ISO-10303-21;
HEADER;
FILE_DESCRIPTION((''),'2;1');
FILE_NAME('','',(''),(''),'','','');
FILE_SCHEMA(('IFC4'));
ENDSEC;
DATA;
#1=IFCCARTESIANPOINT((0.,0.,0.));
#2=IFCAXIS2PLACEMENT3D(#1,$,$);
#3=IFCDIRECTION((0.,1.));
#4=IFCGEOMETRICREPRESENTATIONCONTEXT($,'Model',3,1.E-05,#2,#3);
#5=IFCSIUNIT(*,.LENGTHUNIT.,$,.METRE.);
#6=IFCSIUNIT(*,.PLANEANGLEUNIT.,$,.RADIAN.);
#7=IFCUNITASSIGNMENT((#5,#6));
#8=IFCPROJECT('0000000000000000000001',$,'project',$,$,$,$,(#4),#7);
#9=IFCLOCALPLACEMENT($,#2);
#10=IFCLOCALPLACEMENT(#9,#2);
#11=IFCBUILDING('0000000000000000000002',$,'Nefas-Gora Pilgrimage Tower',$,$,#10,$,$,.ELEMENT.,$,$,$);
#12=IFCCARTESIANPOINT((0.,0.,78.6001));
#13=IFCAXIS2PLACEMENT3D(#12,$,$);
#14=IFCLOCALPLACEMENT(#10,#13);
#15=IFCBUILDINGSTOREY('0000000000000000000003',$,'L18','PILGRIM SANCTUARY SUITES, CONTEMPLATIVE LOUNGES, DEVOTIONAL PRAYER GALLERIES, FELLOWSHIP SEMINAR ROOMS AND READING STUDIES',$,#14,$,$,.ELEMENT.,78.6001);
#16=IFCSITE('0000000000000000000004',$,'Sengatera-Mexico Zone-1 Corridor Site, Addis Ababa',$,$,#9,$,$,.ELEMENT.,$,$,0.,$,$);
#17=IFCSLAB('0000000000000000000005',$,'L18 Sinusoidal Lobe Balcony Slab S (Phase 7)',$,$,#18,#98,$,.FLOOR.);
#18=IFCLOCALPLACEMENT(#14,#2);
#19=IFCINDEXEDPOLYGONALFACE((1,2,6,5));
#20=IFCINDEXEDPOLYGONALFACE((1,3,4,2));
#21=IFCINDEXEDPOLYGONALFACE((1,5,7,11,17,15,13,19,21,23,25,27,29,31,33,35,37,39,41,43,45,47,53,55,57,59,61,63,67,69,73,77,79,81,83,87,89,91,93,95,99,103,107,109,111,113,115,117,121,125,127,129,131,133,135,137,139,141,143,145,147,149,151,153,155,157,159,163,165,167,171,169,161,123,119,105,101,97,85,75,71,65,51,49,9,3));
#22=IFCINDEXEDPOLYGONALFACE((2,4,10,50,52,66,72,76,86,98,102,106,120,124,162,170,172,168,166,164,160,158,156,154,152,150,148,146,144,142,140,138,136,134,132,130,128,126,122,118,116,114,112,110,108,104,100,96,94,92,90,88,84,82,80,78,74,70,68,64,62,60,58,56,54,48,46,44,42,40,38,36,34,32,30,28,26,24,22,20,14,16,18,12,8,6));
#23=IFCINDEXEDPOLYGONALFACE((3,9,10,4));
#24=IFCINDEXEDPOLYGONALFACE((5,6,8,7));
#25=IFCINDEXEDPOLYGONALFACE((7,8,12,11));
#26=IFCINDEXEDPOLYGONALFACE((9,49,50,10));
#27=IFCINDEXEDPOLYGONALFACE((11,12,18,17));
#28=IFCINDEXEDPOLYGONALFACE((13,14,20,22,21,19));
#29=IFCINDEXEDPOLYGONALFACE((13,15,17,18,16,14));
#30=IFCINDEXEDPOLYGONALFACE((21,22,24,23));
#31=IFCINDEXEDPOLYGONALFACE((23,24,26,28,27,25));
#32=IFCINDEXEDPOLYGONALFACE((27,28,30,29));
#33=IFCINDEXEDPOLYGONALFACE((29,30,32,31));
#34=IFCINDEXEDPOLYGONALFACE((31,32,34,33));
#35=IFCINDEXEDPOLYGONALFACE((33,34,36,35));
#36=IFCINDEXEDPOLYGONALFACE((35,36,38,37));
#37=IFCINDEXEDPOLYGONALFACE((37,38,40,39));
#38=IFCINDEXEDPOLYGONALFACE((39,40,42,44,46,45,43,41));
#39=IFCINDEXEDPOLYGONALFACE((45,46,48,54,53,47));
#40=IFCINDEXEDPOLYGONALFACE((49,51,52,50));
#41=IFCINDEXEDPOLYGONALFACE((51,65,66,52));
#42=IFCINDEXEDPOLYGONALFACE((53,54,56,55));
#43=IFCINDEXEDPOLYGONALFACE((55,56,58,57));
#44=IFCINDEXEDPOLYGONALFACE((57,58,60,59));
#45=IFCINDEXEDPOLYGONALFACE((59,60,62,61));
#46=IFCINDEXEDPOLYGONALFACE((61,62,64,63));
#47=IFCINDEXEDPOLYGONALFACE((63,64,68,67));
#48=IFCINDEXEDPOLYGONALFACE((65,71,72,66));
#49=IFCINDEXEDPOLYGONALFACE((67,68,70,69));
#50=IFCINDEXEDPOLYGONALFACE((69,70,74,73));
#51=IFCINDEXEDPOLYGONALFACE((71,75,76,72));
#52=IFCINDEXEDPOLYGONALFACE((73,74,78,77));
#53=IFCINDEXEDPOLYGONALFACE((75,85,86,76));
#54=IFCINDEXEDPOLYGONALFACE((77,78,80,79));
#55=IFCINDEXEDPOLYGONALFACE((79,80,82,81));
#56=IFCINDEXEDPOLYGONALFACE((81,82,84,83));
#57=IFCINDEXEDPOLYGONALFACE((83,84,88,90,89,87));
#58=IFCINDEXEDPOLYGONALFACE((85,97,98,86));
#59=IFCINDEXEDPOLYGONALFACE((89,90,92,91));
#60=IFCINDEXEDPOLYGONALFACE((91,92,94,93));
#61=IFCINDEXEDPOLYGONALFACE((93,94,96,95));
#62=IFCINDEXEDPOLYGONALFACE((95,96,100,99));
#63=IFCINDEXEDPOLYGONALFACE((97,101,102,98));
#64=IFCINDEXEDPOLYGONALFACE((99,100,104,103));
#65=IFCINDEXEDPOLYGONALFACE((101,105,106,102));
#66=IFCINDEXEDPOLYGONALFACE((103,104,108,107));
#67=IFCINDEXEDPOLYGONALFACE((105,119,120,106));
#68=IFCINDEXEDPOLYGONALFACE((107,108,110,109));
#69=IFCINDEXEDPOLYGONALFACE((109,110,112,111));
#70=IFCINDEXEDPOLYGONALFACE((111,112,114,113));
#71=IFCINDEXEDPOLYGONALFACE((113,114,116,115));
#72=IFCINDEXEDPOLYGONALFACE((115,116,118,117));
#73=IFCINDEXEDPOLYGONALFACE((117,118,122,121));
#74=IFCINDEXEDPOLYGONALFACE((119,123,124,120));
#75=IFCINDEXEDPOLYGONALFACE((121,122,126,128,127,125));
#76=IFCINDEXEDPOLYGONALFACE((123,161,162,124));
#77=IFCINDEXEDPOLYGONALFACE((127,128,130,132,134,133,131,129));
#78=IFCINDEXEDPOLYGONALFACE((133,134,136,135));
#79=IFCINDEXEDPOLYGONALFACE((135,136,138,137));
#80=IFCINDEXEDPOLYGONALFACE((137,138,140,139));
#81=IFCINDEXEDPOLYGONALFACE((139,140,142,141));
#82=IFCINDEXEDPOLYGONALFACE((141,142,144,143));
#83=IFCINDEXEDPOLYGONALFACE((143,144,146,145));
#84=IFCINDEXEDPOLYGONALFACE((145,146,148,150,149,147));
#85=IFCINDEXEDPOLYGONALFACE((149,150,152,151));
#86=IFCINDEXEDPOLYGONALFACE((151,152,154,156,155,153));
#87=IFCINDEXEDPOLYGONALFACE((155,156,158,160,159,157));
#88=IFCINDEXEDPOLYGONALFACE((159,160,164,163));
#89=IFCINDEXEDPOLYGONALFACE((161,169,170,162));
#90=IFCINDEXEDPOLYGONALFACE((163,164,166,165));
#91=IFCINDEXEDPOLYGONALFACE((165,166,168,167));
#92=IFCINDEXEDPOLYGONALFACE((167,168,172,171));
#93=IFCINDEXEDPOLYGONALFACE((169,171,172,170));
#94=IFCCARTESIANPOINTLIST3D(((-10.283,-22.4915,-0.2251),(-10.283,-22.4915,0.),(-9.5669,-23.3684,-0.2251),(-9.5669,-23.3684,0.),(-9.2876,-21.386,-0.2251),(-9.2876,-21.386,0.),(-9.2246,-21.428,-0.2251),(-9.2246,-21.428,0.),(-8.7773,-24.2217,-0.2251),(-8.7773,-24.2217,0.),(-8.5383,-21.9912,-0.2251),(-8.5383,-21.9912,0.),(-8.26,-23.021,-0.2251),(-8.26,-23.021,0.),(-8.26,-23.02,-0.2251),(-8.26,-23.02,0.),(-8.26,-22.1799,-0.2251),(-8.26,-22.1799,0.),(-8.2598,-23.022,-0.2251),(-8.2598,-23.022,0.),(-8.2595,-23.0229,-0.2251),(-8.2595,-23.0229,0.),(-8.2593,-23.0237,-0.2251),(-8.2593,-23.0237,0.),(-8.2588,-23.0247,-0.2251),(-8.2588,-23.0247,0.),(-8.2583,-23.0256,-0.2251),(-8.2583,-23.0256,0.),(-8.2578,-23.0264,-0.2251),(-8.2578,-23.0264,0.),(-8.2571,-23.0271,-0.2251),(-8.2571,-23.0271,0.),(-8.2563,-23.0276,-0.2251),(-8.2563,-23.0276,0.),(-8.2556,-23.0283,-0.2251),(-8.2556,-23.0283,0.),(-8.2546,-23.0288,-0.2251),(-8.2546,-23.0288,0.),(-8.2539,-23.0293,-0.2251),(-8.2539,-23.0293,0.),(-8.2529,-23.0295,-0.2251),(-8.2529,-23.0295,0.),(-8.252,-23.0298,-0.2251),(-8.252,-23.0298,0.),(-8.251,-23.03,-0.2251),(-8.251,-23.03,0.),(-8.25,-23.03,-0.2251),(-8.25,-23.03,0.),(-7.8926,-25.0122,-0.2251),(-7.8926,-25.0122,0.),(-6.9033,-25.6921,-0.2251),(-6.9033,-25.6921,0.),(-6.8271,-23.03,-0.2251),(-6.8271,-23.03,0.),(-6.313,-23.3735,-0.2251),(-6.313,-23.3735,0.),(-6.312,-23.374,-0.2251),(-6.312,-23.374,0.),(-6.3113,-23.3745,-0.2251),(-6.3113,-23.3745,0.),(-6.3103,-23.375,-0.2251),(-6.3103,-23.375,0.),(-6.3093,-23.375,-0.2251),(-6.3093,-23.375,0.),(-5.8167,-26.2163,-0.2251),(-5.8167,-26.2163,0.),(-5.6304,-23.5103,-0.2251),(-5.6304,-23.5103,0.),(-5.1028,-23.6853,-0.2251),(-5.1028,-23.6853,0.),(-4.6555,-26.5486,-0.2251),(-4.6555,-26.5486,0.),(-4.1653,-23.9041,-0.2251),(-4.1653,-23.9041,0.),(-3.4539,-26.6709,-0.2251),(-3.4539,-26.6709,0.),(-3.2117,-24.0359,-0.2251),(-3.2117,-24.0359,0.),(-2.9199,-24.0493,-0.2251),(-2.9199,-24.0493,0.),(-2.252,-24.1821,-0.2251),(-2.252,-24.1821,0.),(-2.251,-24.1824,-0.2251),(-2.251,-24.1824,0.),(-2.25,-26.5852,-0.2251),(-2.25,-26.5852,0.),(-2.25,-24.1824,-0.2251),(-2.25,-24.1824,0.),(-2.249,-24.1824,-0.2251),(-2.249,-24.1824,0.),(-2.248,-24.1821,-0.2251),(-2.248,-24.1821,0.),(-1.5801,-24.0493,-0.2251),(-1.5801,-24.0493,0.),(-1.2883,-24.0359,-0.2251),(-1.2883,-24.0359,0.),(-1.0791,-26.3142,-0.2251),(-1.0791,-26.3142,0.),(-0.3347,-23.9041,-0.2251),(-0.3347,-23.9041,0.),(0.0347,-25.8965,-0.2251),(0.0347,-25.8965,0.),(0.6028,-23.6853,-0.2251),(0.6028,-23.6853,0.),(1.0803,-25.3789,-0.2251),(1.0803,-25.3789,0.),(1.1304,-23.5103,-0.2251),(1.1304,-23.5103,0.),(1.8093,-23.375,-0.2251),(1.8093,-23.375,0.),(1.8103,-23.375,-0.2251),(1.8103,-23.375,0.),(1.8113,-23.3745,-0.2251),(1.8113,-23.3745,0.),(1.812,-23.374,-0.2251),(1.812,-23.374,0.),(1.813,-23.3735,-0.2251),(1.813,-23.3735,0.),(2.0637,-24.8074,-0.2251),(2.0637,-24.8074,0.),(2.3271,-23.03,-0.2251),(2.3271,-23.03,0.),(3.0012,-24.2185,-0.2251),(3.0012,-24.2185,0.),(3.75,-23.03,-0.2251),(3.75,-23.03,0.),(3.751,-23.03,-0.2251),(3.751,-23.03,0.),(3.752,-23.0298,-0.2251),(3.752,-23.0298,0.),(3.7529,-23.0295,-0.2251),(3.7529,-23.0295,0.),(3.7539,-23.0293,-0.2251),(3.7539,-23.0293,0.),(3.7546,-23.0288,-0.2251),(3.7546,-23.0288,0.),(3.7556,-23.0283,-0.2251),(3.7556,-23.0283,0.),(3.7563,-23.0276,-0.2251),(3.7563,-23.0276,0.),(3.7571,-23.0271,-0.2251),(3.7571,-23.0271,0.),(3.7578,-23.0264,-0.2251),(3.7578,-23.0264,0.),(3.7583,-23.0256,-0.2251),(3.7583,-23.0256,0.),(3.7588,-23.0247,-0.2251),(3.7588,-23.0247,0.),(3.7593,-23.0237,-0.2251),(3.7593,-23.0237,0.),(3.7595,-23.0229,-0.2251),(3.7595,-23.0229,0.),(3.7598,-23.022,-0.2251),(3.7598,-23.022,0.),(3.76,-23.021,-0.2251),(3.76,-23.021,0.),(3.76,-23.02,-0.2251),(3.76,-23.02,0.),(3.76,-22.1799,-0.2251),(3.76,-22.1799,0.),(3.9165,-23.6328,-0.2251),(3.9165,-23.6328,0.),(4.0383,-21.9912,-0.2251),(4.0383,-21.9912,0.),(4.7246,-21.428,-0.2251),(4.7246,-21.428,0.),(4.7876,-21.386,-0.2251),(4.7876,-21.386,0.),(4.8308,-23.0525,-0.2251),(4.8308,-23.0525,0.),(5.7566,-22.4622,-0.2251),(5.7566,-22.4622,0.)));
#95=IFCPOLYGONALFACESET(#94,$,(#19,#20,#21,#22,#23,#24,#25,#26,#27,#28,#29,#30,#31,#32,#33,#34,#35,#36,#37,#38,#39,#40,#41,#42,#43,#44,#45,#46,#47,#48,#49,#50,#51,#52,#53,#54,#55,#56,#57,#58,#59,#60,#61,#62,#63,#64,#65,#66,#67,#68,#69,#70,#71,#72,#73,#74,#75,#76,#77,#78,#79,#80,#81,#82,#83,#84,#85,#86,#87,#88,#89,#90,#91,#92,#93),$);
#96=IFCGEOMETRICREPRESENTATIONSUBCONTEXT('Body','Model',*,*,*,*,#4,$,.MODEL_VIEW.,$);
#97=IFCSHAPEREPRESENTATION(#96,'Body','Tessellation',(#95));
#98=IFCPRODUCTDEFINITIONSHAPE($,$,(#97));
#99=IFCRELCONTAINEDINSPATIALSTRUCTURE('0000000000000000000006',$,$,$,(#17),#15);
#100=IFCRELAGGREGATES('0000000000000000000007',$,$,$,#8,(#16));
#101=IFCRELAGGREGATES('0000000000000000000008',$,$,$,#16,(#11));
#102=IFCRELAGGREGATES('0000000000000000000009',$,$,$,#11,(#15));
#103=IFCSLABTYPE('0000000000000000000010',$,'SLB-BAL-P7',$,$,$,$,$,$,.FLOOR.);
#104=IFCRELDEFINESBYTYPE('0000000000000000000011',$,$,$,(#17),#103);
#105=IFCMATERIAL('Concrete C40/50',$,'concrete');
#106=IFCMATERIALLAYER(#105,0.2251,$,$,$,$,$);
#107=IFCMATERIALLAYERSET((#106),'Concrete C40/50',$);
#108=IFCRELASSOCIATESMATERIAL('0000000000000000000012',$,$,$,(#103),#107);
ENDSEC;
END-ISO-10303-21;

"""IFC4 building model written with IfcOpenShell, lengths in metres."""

from ifc_helpers import new_model, si_unit, direction, frame, origin, place, context, subcontext, project, spatial, polyline, outline, extrude, material, layer, layer_set, type_object, element, save


model = new_model("IFC4")

# Units and contexts
model_context = context("Model", 3, precision=1e-05, world=origin(), true_north=direction((0.0, 1.0)))
body_context = subcontext(model_context, "Body", "Model", "MODEL_VIEW")
ifc_project = project(units=[si_unit("LENGTHUNIT", "METRE"), si_unit("PLANEANGLEUNIT", "RADIAN")], contexts=[model_context])

# Site, building, storey
site_placement = place(None, origin())
site = spatial("IfcSite", under=ifc_project, at=site_placement, Name="Sengatera-Mexico Zone-1 Corridor Site, Addis Ababa", CompositionType="ELEMENT", RefElevation=0.0)
building_placement = place(site_placement, origin())
building = spatial("IfcBuilding", under=site, at=building_placement, Name="Nefas-Gora Pilgrimage Tower", CompositionType="ELEMENT")
storey_placement = place(building_placement, frame((0.0, 0.0, 78.6001)))
storey = spatial("IfcBuildingStorey", under=building, at=storey_placement, Name="L18", Description="PILGRIM SANCTUARY SUITES, CONTEMPLATIVE LOUNGES, DEVOTIONAL PRAYER GALLERIES, FELLOWSHIP SEMINAR ROOMS AND READING STUDIES", CompositionType="ELEMENT", Elevation=78.6001)

# Slab
ifc_material_1 = material(Name="Concrete C40/50", Category="concrete")
ifc_layer_1 = layer(ifc_material_1, 0.2251)
ifc_layer_set_1 = layer_set([ifc_layer_1], Name="Concrete C40/50")
slab_type_1 = type_object("IfcSlabType", Name="SLB-BAL-P7", PredefinedType="FLOOR", material=ifc_layer_set_1)
slab_1_placement = place(storey_placement, frame((0.0, 0.0, -0.2251)))
element("IfcSlab", 1, at=slab_1_placement, inside=storey, type_object=slab_type_1, Name="L18 Sinusoidal Lobe Balcony Slab S (Phase 7)", PredefinedType="FLOOR", context=body_context, shape_type="SweptSolid", body=[
    extrude(outline(polyline([(4.7876, -21.386), (4.7246, -21.428), (4.0383, -21.9912), (3.76, -22.1799), (3.76, -23.02), (3.76, -23.021), (3.7598, -23.022), (3.7595, -23.0229), (3.7593, -23.0237), (3.7588, -23.0247), (3.7583, -23.0256), (3.7578, -23.0264), (3.7571, -23.0271), (3.7563, -23.0276), (3.7556, -23.0283), (3.7546, -23.0288), (3.7539, -23.0293), (3.7529, -23.0295), (3.752, -23.0298), (3.751, -23.03), (3.75, -23.03), (2.3271, -23.03), (1.813, -23.3735), (1.812, -23.374), (1.8113, -23.3745), (1.8103, -23.375), (1.8093, -23.375), (1.1304, -23.5103), (0.6028, -23.6853), (-0.3347, -23.9041), (-1.2883, -24.0359), (-1.5801, -24.0493), (-2.248, -24.1821), (-2.249, -24.1824), (-2.25, -24.1824), (-2.251, -24.1824), (-2.252, -24.1821), (-2.9199, -24.0493), (-3.2117, -24.0359), (-4.1653, -23.9041), (-5.1028, -23.6853), (-5.6304, -23.5103), (-6.3093, -23.375), (-6.3103, -23.375), (-6.3113, -23.3745), (-6.312, -23.374), (-6.313, -23.3735), (-6.8271, -23.03), (-8.25, -23.03), (-8.251, -23.03), (-8.252, -23.0298), (-8.2529, -23.0295), (-8.2539, -23.0293), (-8.2546, -23.0288), (-8.2556, -23.0283), (-8.2563, -23.0276), (-8.2571, -23.0271), (-8.2578, -23.0264), (-8.2583, -23.0256), (-8.2588, -23.0247), (-8.2593, -23.0237), (-8.2595, -23.0229), (-8.2598, -23.022), (-8.26, -23.021), (-8.26, -23.02), (-8.26, -22.1799), (-8.5383, -21.9912), (-9.2246, -21.428), (-9.2876, -21.386), (-10.283, -22.4915), (-9.5669, -23.3684), (-8.7773, -24.2217), (-7.8926, -25.0122), (-6.9033, -25.6921), (-5.8167, -26.2163), (-4.6555, -26.5486), (-3.4539, -26.6709), (-2.25, -26.5852), (-1.0791, -26.3142), (0.0347, -25.8965), (1.0803, -25.3789), (2.0637, -24.8074), (3.0012, -24.2185), (3.9165, -23.6328), (4.8308, -23.0525), (5.7566, -22.4622), (4.7876, -21.386)])), origin(), (0.0, 0.0, 1.0), 0.2251),
])

save(model, "model.ifc")
